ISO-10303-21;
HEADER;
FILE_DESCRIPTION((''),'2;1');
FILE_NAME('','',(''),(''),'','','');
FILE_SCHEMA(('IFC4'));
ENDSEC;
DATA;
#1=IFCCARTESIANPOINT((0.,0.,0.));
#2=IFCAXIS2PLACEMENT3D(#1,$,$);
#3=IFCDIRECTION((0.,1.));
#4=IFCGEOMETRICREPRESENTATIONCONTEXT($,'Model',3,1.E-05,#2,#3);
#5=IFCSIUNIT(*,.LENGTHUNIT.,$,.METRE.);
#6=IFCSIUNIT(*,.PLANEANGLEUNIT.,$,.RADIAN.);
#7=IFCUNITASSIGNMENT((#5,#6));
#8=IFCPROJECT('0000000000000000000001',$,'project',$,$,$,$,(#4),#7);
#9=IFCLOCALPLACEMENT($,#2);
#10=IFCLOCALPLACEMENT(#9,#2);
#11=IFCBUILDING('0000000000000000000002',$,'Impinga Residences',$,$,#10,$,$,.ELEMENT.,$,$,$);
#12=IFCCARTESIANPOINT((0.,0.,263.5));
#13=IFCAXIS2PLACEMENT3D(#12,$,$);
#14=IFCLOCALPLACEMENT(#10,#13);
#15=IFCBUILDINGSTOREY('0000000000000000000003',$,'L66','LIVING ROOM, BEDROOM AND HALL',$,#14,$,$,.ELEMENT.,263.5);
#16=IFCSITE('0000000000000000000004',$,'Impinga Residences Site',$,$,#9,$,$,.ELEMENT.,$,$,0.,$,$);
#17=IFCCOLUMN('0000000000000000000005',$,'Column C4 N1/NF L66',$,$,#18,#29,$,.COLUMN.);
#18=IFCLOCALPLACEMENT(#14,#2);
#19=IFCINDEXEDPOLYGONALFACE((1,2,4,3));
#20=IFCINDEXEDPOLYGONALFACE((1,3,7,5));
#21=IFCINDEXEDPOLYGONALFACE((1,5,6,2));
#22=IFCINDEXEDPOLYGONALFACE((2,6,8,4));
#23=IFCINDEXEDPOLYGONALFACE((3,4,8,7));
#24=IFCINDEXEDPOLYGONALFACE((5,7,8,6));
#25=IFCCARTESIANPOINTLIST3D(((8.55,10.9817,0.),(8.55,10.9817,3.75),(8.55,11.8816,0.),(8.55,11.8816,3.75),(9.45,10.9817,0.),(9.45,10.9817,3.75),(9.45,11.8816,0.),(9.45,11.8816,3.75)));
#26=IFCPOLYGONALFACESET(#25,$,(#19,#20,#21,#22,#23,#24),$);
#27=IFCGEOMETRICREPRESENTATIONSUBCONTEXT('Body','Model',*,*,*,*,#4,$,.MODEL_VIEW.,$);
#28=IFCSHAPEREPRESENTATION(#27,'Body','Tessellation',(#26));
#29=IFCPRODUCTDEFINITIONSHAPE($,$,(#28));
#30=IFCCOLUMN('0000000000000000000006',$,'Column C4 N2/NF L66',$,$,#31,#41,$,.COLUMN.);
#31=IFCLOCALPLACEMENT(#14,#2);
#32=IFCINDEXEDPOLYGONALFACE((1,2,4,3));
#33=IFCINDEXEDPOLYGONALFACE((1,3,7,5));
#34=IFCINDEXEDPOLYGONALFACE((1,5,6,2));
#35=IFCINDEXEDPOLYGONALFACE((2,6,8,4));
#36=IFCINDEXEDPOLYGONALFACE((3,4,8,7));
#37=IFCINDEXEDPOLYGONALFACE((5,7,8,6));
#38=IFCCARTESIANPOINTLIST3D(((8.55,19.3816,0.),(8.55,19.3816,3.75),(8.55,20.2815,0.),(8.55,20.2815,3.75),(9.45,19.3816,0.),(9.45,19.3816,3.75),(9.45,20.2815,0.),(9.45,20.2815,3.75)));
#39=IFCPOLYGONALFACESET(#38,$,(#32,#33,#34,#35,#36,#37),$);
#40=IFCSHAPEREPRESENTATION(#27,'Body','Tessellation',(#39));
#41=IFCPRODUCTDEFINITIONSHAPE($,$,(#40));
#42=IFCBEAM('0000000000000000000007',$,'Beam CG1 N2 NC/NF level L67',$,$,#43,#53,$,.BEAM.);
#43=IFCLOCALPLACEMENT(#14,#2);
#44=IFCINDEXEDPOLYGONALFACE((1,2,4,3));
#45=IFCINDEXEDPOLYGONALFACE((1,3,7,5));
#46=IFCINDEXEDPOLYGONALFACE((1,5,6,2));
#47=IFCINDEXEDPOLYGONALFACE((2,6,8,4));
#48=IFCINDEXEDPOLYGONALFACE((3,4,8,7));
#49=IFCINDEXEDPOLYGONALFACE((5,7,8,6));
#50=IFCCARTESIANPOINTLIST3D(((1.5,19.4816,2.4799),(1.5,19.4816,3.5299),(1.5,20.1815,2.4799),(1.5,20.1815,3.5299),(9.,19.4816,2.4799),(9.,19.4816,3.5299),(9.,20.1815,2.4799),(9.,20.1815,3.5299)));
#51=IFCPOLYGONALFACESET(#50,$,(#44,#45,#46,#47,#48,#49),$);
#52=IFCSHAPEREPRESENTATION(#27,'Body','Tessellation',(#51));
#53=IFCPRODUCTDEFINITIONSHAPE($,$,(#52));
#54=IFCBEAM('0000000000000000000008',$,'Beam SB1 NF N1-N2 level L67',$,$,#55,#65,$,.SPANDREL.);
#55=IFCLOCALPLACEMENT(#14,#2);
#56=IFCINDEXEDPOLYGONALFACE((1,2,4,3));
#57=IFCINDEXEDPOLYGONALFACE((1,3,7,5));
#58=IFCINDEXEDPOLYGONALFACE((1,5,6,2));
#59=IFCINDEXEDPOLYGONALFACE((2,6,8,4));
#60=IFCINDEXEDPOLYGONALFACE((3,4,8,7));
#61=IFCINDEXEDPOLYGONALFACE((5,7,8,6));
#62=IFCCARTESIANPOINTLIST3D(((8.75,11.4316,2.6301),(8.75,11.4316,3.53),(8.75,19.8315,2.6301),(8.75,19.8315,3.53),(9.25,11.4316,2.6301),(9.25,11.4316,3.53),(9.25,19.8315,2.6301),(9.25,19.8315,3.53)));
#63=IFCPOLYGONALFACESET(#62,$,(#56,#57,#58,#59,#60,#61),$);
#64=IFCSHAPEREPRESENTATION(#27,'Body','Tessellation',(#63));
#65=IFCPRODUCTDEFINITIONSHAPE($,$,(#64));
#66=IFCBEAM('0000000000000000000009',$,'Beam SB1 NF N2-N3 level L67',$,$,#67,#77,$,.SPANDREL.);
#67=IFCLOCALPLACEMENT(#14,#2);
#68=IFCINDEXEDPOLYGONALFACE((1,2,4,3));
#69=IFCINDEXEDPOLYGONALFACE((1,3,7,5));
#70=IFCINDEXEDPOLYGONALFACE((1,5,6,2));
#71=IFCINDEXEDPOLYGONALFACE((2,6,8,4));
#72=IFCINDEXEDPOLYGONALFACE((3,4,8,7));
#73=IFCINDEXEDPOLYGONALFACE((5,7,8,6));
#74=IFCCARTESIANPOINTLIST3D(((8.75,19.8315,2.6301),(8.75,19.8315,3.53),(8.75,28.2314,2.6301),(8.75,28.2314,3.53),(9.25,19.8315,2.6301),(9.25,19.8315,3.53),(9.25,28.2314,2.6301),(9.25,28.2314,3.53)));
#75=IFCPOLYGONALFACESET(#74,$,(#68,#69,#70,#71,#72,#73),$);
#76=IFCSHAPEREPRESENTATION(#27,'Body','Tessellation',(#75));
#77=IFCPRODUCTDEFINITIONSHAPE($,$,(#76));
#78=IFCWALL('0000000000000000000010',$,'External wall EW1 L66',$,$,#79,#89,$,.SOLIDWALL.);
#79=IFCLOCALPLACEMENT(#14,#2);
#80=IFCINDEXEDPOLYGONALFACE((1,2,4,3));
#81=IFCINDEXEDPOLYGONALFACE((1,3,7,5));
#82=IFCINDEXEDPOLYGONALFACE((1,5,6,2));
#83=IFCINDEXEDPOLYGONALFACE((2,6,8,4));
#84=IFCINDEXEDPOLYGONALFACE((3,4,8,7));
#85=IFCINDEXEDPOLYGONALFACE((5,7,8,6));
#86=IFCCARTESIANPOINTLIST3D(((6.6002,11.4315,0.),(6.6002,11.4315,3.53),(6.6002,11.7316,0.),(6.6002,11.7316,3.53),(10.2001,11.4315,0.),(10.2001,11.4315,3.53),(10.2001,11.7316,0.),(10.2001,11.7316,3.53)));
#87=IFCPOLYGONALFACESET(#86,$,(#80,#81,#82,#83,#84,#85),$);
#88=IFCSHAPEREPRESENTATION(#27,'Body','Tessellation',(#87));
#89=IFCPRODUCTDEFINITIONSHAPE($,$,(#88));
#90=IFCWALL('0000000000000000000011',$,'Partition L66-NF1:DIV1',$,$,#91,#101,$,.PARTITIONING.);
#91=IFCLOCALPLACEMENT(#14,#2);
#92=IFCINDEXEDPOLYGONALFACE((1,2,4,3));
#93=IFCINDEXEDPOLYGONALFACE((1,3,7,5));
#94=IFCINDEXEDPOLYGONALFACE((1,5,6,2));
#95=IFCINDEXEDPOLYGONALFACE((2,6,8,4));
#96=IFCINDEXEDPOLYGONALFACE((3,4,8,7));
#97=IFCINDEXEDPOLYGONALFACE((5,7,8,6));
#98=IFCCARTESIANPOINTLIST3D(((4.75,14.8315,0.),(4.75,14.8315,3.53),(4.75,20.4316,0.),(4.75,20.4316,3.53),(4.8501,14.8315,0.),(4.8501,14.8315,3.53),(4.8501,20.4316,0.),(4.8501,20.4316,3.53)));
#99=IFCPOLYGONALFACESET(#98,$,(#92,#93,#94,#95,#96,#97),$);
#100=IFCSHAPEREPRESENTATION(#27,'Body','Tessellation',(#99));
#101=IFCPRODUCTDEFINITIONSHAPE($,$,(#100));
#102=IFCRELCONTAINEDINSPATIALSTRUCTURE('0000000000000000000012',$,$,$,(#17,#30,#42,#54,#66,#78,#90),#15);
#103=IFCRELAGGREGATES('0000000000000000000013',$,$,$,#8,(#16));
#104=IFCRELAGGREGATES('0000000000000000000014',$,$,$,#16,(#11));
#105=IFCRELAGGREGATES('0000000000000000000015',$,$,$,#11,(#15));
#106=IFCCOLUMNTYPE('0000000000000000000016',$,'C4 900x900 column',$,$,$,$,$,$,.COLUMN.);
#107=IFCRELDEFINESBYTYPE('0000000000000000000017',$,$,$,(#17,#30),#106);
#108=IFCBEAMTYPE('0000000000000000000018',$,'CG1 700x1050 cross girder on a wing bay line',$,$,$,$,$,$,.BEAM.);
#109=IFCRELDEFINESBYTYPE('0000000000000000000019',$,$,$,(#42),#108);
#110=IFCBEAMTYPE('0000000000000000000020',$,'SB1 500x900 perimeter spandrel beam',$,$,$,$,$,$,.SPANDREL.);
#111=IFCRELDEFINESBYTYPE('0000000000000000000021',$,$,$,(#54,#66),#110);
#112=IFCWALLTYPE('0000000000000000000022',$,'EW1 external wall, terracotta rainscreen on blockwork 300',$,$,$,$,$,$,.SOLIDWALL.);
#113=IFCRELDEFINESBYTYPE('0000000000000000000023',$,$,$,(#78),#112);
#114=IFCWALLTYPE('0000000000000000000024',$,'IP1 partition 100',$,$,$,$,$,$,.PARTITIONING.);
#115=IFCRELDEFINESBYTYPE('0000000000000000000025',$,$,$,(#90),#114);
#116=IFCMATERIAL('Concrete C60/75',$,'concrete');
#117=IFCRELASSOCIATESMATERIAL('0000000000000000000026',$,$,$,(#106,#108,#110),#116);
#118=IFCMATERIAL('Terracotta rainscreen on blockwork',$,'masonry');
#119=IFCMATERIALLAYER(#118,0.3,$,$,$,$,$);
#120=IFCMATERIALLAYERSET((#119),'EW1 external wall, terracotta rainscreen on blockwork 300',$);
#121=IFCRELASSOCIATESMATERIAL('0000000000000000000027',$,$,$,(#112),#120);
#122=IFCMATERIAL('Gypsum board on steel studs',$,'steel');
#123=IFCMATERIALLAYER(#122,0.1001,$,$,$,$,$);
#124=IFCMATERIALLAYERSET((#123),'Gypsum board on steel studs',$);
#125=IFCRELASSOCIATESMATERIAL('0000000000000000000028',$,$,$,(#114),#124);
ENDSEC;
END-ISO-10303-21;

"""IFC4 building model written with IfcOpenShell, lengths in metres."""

from ifc_helpers import new_model, si_unit, direction, frame, frame_2d, origin, origin_2d, place, context, subcontext, project, spatial, rectangle, extrude, material, layer, layer_set, material_profile, profile_set, type_object, element, save


model = new_model("IFC4")

# Units and contexts
model_context = context("Model", 3, precision=1e-05, world=origin(), true_north=direction((0.0, 1.0)))
body_context = subcontext(model_context, "Body", "Model", "MODEL_VIEW")
ifc_project = project(units=[si_unit("LENGTHUNIT", "METRE"), si_unit("PLANEANGLEUNIT", "RADIAN")], contexts=[model_context])

# Site, building, storey
site_placement = place(None, origin())
site = spatial("IfcSite", under=ifc_project, at=site_placement, Name="Impinga Residences Site", CompositionType="ELEMENT", RefElevation=0.0)
building_placement = place(site_placement, origin())
building = spatial("IfcBuilding", under=site, at=building_placement, Name="Impinga Residences", CompositionType="ELEMENT")
storey_placement = place(building_placement, frame((0.0, 0.0, 263.5)))
storey = spatial("IfcBuildingStorey", under=building, at=storey_placement, Name="L66", Description="LIVING ROOM, BEDROOM AND HALL", CompositionType="ELEMENT", Elevation=263.5)

# Columns
ifc_material_1 = material(Name="Concrete C60/75", Category="concrete")
ifc_material_profile_1 = material_profile(ifc_material_1, rectangle(XDim=0.8999, YDim=0.8999, at=origin_2d()), Name="RC 900x900")
ifc_profile_set_1 = profile_set([ifc_material_profile_1], Name="Concrete C60/75")
column_type = type_object("IfcColumnType", Name="C4 900x900 column", PredefinedType="COLUMN", material=ifc_profile_set_1)
for number, where, z_axis, x_axis, name in (
    (1, (9.0, 11.4316, 0.0), (0.0, 0.0, 1.0), (1.0, 0.0, 0.0), "Column C4 N1/NF L66"),
    (2, (9.0, 19.8315, 0.0), (0.0, 0.0, 1.0), (1.0, 0.0, 0.0), "Column C4 N2/NF L66"),
):
    element("IfcColumn", number, at=place(storey_placement, frame(where, z_axis=z_axis, x_axis=x_axis)), inside=storey, type_object=column_type, Name=name, PredefinedType="COLUMN", context=body_context, shape_type="SweptSolid", body=[
        extrude(rectangle(XDim=0.8999, YDim=0.8999, at=origin_2d()), origin(), (0.0, 0.0, 1.0), 3.75),
    ])

# Beams
ifc_material_profile_2 = material_profile(ifc_material_1, rectangle(XDim=0.7, YDim=1.05, at=origin_2d()), Name="RC 700x1050")
ifc_profile_set_2 = profile_set([ifc_material_profile_2], Name="Concrete C60/75")
beam_type_1 = type_object("IfcBeamType", Name="CG1 700x1050 cross girder on a wing bay line", PredefinedType="BEAM", material=ifc_profile_set_2)
beam_placement = place(storey_placement, frame((1.5, 19.8315, 3.0049), z_axis=(1.0, 0.0, 0.0), x_axis=(0.0, 1.0, 0.0)))
element("IfcBeam", 3, at=beam_placement, inside=storey, type_object=beam_type_1, Name="Beam CG1 N2 NC/NF level L67", PredefinedType="BEAM", context=body_context, shape_type="SweptSolid", body=[
    extrude(rectangle(XDim=0.7, YDim=1.05, at=origin_2d()), origin(), (0.0, 0.0, 1.0), 7.5),
])
ifc_material_profile_3 = material_profile(ifc_material_1, rectangle(XDim=0.5, YDim=0.8999, at=origin_2d()), Name="RC 500x900")
ifc_profile_set_3 = profile_set([ifc_material_profile_3], Name="Concrete C60/75")
beam_type_2 = type_object("IfcBeamType", Name="SB1 500x900 perimeter spandrel beam", PredefinedType="SPANDREL", material=ifc_profile_set_3)
for number, where, z_axis, x_axis, name in (
    (4, (9.0, 11.4316, 3.0801), (0.0, 1.0, 0.0), (-1.0, 0.0, 0.0), "Beam SB1 NF N1-N2 level L67"),
    (5, (9.0, 19.8315, 3.0801), (0.0, 1.0, 0.0), (-1.0, 0.0, 0.0), "Beam SB1 NF N2-N3 level L67"),
):
    element("IfcBeam", number, at=place(storey_placement, frame(where, z_axis=z_axis, x_axis=x_axis)), inside=storey, type_object=beam_type_2, Name=name, PredefinedType="SPANDREL", context=body_context, shape_type="SweptSolid", body=[
        extrude(rectangle(XDim=0.5, YDim=0.8999, at=origin_2d()), origin(), (0.0, 0.0, 1.0), 8.3999),
    ])

# Walls
ifc_material_2 = material(Name="Terracotta rainscreen on blockwork", Category="masonry")
ifc_layer_1 = layer(ifc_material_2, 0.3)
ifc_layer_set_1 = layer_set([ifc_layer_1], Name="EW1 external wall, terracotta rainscreen on blockwork 300")
wall_type_1 = type_object("IfcWallType", Name="EW1 external wall, terracotta rainscreen on blockwork 300", PredefinedType="SOLIDWALL", material=ifc_layer_set_1)
wall_1_placement = place(storey_placement, frame((10.2, 11.5815, 0.0), z_axis=(0.0, 0.0, 1.0), x_axis=(-1.0, 0.0, 0.0)))
element("IfcWall", 6, at=wall_1_placement, inside=storey, type_object=wall_type_1, Name="External wall EW1 L66", PredefinedType="SOLIDWALL", context=body_context, shape_type="SweptSolid", body=[
    extrude(rectangle(XDim=3.5999, YDim=0.3, at=frame_2d((1.7998, 0.0))), origin(), (0.0, 0.0, 1.0), 3.53),
])
ifc_material_3 = material(Name="Gypsum board on steel studs", Category="steel")
ifc_layer_2 = layer(ifc_material_3, 0.1001)
ifc_layer_set_2 = layer_set([ifc_layer_2], Name="Gypsum board on steel studs")
wall_type_2 = type_object("IfcWallType", Name="IP1 partition 100", PredefinedType="PARTITIONING", material=ifc_layer_set_2)
wall_2_placement = place(storey_placement, frame((4.8, 14.8315, 0.0), z_axis=(0.0, 0.0, 1.0), x_axis=(0.0, 1.0, 0.0)))
element("IfcWall", 7, at=wall_2_placement, inside=storey, type_object=wall_type_2, Name="Partition L66-NF1:DIV1", PredefinedType="PARTITIONING", context=body_context, shape_type="SweptSolid", body=[
    extrude(rectangle(XDim=5.6001, YDim=0.1001, at=frame_2d((2.8, 0.0))), origin(), (0.0, 0.0, 1.0), 3.53),
])

save(model, "model.ifc")
